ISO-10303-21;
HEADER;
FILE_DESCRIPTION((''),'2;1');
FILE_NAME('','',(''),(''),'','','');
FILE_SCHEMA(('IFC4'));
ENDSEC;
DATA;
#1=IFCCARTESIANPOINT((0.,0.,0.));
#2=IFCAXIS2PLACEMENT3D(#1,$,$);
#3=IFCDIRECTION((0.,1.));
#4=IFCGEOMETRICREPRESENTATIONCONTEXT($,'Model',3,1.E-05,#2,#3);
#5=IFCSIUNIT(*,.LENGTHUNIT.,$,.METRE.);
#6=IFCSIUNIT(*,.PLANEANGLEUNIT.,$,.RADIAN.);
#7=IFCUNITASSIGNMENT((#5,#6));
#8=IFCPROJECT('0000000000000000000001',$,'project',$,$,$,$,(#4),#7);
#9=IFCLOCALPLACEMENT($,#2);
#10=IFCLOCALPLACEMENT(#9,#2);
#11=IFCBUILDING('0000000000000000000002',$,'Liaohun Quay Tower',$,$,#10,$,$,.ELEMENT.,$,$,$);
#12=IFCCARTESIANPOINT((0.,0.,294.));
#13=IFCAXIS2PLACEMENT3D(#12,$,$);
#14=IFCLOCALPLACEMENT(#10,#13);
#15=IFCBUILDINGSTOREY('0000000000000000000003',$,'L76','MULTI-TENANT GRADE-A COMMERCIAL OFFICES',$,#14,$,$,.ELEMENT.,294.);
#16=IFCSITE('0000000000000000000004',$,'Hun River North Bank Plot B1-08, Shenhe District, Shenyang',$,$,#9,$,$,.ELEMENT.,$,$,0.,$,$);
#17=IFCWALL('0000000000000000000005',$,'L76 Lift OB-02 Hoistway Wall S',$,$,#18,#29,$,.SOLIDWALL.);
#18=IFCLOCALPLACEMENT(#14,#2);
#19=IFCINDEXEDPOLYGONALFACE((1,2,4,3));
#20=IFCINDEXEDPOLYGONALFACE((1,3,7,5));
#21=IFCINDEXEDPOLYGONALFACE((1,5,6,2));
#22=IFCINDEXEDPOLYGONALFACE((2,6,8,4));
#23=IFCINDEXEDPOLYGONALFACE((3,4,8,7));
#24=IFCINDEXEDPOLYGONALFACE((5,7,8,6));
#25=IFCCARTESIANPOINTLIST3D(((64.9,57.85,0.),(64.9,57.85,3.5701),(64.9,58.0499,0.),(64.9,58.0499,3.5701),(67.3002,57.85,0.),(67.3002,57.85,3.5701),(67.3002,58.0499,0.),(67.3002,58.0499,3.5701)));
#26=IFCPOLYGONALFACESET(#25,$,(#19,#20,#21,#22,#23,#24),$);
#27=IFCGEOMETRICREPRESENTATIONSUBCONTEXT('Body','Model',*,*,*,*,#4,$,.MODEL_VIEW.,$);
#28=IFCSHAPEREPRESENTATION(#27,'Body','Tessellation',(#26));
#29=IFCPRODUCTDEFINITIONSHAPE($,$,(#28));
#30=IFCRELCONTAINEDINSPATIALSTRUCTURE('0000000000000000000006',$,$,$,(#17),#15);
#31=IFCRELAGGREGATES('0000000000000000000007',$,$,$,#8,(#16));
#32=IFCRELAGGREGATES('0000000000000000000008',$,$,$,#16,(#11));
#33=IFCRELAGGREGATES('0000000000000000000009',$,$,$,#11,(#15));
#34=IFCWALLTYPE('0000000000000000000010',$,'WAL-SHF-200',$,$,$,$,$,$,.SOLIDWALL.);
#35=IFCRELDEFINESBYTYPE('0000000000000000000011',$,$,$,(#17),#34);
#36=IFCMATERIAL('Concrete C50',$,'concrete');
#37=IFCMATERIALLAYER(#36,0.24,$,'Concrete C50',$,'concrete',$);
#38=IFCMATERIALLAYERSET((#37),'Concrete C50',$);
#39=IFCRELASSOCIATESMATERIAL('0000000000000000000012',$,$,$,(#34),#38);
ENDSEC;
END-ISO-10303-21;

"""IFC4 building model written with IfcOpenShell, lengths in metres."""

from ifc_helpers import new_model, si_unit, direction, frame, frame_2d, origin, place, context, subcontext, project, spatial, rectangle, extrude, material, layer, layer_set, type_object, element, save


model = new_model("IFC4")

# Units and contexts
model_context = context("Model", 3, precision=1e-05, world=origin(), true_north=direction((0.0, 1.0)))
body_context = subcontext(model_context, "Body", "Model", "MODEL_VIEW")
ifc_project = project(units=[si_unit("LENGTHUNIT", "METRE"), si_unit("PLANEANGLEUNIT", "RADIAN")], contexts=[model_context])

# Site, building, storey
site_placement = place(None, origin())
site = spatial("IfcSite", under=ifc_project, at=site_placement, Name="Hun River North Bank Plot B1-08, Shenhe District, Shenyang", CompositionType="ELEMENT", RefElevation=0.0)
building_placement = place(site_placement, origin())
building = spatial("IfcBuilding", under=site, at=building_placement, Name="Liaohun Quay Tower", CompositionType="ELEMENT")
storey_placement = place(building_placement, frame((0.0, 0.0, 294.0)))
storey = spatial("IfcBuildingStorey", under=building, at=storey_placement, Name="L76", Description="MULTI-TENANT GRADE-A COMMERCIAL OFFICES", CompositionType="ELEMENT", Elevation=294.0)

# Shared definitions
ifc_material_1 = material(Name="Concrete C50", Category="concrete")

# Wall
ifc_layer_1 = layer(ifc_material_1, 0.24, Name="Concrete C50", Category="concrete")
ifc_layer_set_1 = layer_set([ifc_layer_1], Name="Concrete C50")
wall_type_1 = type_object("IfcWallType", Name="WAL-SHF-200", PredefinedType="SOLIDWALL", material=ifc_layer_set_1)
wall_1_placement = place(storey_placement, frame((64.8999, 57.95, 0.0), z_axis=(0.0, 0.0, 1.0), x_axis=(1.0, 0.0, 0.0)))
element("IfcWall", 1, at=wall_1_placement, inside=storey, type_object=wall_type_1, Name="L76 Lift OB-02 Hoistway Wall S", PredefinedType="SOLIDWALL", context=body_context, shape_type="SweptSolid", body=[
    extrude(rectangle(XDim=2.4001, YDim=0.2, at=frame_2d((1.2002, 0.0))), origin(), (0.0, 0.0, 1.0), 3.5701),
])

save(model, "model.ifc")
